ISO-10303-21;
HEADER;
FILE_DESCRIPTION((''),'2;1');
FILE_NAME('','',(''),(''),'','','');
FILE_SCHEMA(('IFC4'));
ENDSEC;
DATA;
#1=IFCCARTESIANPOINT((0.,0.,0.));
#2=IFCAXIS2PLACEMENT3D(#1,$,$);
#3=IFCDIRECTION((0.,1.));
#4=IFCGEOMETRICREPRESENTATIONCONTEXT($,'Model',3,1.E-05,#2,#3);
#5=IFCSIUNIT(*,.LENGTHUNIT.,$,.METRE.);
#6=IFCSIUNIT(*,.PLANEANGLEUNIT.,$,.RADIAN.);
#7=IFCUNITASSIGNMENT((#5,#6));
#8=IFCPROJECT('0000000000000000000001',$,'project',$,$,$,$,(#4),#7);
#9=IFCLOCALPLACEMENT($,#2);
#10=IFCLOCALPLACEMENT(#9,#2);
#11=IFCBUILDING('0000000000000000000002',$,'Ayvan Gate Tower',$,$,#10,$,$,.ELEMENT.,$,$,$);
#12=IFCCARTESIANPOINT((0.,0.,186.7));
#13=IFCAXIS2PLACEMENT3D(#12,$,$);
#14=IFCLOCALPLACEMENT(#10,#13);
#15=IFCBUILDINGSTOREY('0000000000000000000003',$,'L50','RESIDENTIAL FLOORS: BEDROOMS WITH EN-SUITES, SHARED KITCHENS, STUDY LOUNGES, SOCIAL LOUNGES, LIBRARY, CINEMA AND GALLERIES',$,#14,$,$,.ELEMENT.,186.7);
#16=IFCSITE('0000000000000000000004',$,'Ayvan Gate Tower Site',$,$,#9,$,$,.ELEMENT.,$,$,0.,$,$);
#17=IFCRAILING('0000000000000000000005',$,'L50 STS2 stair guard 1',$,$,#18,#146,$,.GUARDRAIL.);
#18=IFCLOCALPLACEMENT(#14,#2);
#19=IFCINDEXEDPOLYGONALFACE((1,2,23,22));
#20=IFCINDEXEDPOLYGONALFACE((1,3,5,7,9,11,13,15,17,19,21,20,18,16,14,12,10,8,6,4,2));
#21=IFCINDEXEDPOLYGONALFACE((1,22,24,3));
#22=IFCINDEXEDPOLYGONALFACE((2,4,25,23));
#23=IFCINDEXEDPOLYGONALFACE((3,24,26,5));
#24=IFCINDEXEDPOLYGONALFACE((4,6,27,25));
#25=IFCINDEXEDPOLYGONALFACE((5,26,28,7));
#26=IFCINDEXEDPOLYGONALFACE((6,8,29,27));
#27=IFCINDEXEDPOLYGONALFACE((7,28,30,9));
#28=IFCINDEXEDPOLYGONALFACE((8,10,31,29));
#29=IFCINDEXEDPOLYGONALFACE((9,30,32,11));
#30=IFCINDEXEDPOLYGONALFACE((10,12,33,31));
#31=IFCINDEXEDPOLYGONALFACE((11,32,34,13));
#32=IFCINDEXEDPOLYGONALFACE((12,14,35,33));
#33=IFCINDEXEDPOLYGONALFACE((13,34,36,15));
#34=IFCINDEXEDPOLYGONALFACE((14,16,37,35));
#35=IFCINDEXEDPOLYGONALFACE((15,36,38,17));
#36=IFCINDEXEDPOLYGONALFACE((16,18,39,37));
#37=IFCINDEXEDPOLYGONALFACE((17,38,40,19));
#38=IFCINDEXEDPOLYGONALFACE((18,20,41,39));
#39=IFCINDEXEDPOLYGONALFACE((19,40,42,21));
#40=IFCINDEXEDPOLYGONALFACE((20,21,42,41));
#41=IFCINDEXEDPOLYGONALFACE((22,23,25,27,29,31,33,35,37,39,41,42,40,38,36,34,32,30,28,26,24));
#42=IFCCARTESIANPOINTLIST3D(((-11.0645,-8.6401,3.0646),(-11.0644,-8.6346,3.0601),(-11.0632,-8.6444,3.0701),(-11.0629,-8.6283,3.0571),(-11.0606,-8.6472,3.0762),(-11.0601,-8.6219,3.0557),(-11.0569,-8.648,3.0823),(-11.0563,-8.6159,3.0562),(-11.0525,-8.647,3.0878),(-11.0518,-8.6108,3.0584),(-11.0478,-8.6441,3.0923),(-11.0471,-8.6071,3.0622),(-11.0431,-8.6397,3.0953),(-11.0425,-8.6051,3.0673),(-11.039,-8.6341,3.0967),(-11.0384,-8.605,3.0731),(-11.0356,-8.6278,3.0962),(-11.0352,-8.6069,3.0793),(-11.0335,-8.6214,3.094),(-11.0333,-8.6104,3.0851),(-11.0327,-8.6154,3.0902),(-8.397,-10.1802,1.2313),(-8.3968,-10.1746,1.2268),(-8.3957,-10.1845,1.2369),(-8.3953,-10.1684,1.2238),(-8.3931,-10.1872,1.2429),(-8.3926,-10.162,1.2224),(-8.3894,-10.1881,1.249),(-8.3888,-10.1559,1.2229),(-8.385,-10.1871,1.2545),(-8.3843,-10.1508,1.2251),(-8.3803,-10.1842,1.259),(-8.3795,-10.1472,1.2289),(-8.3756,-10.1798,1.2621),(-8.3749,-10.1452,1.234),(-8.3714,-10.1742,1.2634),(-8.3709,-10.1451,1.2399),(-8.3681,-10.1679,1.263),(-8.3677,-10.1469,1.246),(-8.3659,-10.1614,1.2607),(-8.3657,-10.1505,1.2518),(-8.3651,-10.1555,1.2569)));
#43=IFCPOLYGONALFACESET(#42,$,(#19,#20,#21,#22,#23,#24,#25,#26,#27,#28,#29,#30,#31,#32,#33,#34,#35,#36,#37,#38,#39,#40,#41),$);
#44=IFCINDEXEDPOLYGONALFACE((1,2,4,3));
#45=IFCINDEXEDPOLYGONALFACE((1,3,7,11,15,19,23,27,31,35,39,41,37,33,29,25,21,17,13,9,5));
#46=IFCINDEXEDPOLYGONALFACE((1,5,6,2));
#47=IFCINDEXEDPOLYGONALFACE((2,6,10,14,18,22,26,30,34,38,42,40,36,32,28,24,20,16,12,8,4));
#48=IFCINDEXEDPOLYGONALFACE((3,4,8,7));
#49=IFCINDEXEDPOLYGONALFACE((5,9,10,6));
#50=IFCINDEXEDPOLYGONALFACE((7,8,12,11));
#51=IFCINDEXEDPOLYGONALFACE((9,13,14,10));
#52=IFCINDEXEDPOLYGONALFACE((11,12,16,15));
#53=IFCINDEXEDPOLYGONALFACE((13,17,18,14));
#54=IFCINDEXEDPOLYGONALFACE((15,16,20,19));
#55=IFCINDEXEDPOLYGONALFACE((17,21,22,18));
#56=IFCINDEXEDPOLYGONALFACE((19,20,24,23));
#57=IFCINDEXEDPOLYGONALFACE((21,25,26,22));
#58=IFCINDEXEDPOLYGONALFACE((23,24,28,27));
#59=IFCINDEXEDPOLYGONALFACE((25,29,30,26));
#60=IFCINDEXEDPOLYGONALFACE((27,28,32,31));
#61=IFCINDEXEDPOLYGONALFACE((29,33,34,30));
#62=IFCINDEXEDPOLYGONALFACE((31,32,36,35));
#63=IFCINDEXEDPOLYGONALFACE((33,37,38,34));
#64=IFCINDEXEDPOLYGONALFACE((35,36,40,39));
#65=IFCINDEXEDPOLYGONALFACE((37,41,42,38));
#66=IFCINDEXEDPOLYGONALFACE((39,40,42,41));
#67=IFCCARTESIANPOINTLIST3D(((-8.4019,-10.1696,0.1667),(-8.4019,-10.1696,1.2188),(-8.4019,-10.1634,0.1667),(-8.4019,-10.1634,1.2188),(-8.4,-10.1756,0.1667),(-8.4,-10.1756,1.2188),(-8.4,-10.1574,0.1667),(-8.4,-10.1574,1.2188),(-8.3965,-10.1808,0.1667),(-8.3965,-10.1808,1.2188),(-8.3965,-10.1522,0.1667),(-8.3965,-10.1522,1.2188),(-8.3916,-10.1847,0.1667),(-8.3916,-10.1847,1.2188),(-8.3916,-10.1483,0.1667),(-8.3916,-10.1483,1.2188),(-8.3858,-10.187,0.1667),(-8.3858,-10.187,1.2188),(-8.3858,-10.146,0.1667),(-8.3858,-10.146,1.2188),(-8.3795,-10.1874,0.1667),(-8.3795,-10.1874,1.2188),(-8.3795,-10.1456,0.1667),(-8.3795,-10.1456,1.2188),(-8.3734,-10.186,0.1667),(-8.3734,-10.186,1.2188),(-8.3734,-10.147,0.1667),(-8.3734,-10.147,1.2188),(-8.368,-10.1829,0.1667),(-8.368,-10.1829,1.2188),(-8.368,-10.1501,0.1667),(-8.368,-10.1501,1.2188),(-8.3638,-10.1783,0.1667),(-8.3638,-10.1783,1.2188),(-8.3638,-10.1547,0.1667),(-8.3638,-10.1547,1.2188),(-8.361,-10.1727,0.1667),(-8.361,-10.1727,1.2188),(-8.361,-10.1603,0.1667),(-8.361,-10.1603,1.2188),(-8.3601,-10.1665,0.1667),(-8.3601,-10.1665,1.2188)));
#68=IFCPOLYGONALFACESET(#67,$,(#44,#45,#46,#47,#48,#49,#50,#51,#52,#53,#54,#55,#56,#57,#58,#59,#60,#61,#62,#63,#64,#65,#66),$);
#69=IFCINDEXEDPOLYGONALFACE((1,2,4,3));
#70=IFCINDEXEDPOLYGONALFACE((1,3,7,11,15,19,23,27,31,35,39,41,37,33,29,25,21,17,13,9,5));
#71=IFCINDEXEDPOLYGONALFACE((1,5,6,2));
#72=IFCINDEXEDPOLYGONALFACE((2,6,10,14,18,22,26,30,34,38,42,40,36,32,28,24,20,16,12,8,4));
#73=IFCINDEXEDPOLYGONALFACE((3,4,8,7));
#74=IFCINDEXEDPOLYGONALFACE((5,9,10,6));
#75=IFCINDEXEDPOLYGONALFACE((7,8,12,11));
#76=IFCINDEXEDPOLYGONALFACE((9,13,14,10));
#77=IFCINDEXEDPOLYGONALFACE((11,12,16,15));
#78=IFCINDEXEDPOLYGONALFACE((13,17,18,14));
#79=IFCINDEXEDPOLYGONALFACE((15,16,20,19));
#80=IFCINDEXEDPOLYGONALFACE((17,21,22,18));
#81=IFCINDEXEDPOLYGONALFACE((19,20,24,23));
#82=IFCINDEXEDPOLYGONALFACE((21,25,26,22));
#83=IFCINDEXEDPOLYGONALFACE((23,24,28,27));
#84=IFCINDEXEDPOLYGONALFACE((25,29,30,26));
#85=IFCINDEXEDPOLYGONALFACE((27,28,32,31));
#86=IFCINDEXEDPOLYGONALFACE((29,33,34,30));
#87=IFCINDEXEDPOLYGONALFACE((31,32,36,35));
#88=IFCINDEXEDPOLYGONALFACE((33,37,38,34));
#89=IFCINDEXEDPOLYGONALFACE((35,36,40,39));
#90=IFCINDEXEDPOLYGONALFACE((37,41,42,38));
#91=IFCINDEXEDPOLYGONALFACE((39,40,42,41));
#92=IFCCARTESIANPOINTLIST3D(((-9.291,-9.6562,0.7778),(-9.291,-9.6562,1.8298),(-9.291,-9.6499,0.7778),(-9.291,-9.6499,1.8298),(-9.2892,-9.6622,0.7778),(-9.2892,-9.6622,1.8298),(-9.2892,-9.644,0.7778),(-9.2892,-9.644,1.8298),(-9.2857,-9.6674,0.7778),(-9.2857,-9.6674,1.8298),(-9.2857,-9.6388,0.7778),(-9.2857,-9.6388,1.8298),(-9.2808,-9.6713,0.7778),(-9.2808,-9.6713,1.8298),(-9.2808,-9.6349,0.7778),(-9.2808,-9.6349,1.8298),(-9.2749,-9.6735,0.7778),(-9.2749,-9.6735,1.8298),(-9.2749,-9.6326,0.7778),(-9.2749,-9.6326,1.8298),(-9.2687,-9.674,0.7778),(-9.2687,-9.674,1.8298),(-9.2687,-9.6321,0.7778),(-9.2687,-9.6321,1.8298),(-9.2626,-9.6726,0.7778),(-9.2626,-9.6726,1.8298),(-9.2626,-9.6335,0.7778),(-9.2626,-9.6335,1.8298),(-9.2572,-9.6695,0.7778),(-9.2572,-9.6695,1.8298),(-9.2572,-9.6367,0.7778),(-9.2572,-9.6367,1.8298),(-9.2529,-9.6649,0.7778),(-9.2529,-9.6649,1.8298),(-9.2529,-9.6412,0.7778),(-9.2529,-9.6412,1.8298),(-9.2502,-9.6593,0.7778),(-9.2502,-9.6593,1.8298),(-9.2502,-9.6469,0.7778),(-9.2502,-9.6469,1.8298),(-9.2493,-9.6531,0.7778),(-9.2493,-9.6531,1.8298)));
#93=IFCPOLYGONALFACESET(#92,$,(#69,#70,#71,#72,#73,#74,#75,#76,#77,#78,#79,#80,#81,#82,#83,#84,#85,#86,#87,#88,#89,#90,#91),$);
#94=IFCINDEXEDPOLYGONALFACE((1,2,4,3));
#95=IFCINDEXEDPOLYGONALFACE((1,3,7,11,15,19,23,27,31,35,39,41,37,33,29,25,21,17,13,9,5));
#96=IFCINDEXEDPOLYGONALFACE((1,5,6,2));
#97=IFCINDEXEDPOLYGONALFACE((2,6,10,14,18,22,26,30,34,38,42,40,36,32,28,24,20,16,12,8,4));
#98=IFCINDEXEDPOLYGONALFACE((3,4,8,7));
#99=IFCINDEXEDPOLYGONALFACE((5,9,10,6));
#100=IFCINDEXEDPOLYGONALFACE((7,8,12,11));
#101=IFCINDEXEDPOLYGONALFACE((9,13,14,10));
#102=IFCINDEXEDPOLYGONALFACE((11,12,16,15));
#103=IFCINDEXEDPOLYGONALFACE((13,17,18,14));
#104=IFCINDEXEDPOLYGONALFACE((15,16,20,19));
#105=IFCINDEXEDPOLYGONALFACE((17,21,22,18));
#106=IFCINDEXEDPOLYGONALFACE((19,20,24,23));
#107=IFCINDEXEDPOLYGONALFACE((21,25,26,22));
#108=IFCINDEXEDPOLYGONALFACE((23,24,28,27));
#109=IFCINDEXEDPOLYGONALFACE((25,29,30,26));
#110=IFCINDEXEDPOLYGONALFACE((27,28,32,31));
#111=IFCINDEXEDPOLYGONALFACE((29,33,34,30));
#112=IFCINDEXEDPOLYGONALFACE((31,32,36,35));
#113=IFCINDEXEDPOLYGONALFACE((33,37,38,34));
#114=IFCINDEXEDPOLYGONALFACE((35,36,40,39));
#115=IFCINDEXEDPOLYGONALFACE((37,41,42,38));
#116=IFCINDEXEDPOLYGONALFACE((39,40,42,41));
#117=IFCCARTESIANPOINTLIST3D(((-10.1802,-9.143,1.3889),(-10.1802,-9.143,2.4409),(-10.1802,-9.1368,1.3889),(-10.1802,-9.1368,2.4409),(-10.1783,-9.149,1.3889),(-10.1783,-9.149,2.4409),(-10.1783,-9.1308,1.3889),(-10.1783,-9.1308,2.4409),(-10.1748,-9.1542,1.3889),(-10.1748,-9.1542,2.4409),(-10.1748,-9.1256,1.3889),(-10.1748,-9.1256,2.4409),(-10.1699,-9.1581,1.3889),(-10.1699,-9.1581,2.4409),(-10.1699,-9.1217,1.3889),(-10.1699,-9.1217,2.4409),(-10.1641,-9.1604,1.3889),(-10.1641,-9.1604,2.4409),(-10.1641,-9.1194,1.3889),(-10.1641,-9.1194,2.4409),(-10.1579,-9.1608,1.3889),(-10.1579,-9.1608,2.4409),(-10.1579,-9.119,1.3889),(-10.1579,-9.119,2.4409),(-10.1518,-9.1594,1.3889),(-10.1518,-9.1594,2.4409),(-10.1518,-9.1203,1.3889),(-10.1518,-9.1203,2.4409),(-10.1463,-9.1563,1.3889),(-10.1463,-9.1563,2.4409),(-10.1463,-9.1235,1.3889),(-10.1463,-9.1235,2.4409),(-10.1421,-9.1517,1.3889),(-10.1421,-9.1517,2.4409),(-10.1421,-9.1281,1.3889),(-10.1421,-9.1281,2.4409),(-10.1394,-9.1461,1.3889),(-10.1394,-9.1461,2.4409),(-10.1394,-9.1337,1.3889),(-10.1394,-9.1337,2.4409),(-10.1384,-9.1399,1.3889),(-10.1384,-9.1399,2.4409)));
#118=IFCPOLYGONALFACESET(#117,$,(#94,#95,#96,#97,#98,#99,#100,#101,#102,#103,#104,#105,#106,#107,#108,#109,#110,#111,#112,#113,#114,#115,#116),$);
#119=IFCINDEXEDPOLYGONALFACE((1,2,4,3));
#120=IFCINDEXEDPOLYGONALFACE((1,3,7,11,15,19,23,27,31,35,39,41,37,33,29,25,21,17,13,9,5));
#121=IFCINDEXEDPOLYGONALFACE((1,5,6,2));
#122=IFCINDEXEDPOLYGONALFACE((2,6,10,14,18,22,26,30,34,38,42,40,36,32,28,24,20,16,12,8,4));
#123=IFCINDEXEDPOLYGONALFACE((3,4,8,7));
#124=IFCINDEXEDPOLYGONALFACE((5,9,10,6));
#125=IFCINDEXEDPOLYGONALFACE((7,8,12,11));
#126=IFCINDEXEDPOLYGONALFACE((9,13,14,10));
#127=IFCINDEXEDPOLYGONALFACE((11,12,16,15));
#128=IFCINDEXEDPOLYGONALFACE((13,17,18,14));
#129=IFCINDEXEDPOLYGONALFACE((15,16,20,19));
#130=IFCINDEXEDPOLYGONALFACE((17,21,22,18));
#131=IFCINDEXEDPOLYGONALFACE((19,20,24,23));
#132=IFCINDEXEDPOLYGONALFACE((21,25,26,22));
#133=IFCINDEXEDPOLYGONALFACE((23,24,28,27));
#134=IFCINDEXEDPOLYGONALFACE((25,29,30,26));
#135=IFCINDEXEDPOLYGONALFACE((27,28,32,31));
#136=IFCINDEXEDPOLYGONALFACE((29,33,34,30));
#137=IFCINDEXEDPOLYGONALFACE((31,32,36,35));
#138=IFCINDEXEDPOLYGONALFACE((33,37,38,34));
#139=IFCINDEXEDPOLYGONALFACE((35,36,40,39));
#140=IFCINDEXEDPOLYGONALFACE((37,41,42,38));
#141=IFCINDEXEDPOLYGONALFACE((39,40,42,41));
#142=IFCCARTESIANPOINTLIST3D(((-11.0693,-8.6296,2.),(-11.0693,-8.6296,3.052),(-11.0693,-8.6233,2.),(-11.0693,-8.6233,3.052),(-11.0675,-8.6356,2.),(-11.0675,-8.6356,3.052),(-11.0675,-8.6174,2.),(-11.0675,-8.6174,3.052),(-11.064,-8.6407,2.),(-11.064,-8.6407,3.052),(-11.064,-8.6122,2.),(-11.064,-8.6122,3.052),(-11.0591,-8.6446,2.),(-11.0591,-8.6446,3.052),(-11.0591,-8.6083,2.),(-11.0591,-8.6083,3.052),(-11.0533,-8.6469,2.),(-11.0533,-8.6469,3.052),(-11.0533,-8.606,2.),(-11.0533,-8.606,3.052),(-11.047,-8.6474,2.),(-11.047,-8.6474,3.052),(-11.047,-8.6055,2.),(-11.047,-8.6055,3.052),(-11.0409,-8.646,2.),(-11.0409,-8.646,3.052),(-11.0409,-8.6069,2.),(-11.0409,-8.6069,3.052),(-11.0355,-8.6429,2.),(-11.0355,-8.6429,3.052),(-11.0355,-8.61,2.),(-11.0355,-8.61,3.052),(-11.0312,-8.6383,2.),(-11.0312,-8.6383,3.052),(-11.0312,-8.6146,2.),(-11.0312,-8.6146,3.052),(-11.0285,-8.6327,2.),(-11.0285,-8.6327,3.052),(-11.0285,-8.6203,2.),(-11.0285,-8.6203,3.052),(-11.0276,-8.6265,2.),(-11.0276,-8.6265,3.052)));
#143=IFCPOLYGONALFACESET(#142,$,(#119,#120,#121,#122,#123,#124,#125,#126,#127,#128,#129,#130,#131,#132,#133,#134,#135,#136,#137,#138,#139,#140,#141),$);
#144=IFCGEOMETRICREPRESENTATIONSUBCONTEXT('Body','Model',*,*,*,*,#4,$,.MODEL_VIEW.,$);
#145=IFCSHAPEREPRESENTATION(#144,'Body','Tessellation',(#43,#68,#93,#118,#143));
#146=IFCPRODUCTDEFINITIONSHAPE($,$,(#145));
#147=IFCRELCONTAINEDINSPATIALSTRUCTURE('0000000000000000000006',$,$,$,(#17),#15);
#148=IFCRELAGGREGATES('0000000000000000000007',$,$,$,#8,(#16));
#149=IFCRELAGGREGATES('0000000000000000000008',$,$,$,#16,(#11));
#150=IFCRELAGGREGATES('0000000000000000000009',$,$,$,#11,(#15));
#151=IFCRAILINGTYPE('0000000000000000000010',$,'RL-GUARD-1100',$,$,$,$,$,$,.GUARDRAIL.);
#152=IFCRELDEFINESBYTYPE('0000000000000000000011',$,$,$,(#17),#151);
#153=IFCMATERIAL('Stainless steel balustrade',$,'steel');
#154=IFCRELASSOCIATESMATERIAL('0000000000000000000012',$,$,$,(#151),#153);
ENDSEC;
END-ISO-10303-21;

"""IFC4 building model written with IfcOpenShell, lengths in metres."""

from ifc_helpers import new_model, si_unit, direction, frame, origin, origin_2d, place, context, subcontext, project, spatial, circle, extrude, material, type_object, element, save


model = new_model("IFC4")

# Units and contexts
model_context = context("Model", 3, precision=1e-05, world=origin(), true_north=direction((0.0, 1.0)))
body_context = subcontext(model_context, "Body", "Model", "MODEL_VIEW")
ifc_project = project(units=[si_unit("LENGTHUNIT", "METRE"), si_unit("PLANEANGLEUNIT", "RADIAN")], contexts=[model_context])

# Site, building, storey
site_placement = place(None, origin())
site = spatial("IfcSite", under=ifc_project, at=site_placement, Name="Ayvan Gate Tower Site", CompositionType="ELEMENT", RefElevation=0.0)
building_placement = place(site_placement, origin())
building = spatial("IfcBuilding", under=site, at=building_placement, Name="Ayvan Gate Tower", CompositionType="ELEMENT")
storey_placement = place(building_placement, frame((0.0, 0.0, 186.7)))
storey = spatial("IfcBuildingStorey", under=building, at=storey_placement, Name="L50", Description="RESIDENTIAL FLOORS: BEDROOMS WITH EN-SUITES, SHARED KITCHENS, STUDY LOUNGES, SOCIAL LOUNGES, LIBRARY, CINEMA AND GALLERIES", CompositionType="ELEMENT", Elevation=186.7)

# Railing
ifc_material_1 = material(Name="Stainless steel balustrade", Category="steel")
railing_type = type_object("IfcRailingType", Name="RL-GUARD-1100", PredefinedType="GUARDRAIL", material=ifc_material_1)
railing_1_placement = place(storey_placement, frame((-8.3811, -10.1665, 0.1667)))
element("IfcRailing", 1, at=railing_1_placement, inside=storey, type_object=railing_type, Name="L50 STS2 stair guard 1", PredefinedType="GUARDRAIL", context=body_context, shape_type="SweptSolid", body=[
    extrude(circle(Radius=0.0239, at=origin_2d()), frame((0.0, 0.0, 1.0762), z_axis=(-0.74419, 0.429649, 0.511452), x_axis=(-0.499992, -0.86603, 0.0)), (0.0, 0.0, 1.0), 3.5845),
    extrude(circle(Radius=0.021, at=origin_2d()), origin(), (0.0, 0.0, 1.0), 1.052),
    extrude(circle(Radius=0.021, at=origin_2d()), frame((-0.8892, 0.5134, 0.6111)), (0.0, 0.0, 1.0), 1.052),
    extrude(circle(Radius=0.021, at=origin_2d()), frame((-1.7783, 1.0266, 1.2222)), (0.0, 0.0, 1.0), 1.052),
    extrude(circle(Radius=0.021, at=origin_2d()), frame((-2.6675, 1.54, 1.8333)), (0.0, 0.0, 1.0), 1.052),
])

save(model, "model.ifc")
